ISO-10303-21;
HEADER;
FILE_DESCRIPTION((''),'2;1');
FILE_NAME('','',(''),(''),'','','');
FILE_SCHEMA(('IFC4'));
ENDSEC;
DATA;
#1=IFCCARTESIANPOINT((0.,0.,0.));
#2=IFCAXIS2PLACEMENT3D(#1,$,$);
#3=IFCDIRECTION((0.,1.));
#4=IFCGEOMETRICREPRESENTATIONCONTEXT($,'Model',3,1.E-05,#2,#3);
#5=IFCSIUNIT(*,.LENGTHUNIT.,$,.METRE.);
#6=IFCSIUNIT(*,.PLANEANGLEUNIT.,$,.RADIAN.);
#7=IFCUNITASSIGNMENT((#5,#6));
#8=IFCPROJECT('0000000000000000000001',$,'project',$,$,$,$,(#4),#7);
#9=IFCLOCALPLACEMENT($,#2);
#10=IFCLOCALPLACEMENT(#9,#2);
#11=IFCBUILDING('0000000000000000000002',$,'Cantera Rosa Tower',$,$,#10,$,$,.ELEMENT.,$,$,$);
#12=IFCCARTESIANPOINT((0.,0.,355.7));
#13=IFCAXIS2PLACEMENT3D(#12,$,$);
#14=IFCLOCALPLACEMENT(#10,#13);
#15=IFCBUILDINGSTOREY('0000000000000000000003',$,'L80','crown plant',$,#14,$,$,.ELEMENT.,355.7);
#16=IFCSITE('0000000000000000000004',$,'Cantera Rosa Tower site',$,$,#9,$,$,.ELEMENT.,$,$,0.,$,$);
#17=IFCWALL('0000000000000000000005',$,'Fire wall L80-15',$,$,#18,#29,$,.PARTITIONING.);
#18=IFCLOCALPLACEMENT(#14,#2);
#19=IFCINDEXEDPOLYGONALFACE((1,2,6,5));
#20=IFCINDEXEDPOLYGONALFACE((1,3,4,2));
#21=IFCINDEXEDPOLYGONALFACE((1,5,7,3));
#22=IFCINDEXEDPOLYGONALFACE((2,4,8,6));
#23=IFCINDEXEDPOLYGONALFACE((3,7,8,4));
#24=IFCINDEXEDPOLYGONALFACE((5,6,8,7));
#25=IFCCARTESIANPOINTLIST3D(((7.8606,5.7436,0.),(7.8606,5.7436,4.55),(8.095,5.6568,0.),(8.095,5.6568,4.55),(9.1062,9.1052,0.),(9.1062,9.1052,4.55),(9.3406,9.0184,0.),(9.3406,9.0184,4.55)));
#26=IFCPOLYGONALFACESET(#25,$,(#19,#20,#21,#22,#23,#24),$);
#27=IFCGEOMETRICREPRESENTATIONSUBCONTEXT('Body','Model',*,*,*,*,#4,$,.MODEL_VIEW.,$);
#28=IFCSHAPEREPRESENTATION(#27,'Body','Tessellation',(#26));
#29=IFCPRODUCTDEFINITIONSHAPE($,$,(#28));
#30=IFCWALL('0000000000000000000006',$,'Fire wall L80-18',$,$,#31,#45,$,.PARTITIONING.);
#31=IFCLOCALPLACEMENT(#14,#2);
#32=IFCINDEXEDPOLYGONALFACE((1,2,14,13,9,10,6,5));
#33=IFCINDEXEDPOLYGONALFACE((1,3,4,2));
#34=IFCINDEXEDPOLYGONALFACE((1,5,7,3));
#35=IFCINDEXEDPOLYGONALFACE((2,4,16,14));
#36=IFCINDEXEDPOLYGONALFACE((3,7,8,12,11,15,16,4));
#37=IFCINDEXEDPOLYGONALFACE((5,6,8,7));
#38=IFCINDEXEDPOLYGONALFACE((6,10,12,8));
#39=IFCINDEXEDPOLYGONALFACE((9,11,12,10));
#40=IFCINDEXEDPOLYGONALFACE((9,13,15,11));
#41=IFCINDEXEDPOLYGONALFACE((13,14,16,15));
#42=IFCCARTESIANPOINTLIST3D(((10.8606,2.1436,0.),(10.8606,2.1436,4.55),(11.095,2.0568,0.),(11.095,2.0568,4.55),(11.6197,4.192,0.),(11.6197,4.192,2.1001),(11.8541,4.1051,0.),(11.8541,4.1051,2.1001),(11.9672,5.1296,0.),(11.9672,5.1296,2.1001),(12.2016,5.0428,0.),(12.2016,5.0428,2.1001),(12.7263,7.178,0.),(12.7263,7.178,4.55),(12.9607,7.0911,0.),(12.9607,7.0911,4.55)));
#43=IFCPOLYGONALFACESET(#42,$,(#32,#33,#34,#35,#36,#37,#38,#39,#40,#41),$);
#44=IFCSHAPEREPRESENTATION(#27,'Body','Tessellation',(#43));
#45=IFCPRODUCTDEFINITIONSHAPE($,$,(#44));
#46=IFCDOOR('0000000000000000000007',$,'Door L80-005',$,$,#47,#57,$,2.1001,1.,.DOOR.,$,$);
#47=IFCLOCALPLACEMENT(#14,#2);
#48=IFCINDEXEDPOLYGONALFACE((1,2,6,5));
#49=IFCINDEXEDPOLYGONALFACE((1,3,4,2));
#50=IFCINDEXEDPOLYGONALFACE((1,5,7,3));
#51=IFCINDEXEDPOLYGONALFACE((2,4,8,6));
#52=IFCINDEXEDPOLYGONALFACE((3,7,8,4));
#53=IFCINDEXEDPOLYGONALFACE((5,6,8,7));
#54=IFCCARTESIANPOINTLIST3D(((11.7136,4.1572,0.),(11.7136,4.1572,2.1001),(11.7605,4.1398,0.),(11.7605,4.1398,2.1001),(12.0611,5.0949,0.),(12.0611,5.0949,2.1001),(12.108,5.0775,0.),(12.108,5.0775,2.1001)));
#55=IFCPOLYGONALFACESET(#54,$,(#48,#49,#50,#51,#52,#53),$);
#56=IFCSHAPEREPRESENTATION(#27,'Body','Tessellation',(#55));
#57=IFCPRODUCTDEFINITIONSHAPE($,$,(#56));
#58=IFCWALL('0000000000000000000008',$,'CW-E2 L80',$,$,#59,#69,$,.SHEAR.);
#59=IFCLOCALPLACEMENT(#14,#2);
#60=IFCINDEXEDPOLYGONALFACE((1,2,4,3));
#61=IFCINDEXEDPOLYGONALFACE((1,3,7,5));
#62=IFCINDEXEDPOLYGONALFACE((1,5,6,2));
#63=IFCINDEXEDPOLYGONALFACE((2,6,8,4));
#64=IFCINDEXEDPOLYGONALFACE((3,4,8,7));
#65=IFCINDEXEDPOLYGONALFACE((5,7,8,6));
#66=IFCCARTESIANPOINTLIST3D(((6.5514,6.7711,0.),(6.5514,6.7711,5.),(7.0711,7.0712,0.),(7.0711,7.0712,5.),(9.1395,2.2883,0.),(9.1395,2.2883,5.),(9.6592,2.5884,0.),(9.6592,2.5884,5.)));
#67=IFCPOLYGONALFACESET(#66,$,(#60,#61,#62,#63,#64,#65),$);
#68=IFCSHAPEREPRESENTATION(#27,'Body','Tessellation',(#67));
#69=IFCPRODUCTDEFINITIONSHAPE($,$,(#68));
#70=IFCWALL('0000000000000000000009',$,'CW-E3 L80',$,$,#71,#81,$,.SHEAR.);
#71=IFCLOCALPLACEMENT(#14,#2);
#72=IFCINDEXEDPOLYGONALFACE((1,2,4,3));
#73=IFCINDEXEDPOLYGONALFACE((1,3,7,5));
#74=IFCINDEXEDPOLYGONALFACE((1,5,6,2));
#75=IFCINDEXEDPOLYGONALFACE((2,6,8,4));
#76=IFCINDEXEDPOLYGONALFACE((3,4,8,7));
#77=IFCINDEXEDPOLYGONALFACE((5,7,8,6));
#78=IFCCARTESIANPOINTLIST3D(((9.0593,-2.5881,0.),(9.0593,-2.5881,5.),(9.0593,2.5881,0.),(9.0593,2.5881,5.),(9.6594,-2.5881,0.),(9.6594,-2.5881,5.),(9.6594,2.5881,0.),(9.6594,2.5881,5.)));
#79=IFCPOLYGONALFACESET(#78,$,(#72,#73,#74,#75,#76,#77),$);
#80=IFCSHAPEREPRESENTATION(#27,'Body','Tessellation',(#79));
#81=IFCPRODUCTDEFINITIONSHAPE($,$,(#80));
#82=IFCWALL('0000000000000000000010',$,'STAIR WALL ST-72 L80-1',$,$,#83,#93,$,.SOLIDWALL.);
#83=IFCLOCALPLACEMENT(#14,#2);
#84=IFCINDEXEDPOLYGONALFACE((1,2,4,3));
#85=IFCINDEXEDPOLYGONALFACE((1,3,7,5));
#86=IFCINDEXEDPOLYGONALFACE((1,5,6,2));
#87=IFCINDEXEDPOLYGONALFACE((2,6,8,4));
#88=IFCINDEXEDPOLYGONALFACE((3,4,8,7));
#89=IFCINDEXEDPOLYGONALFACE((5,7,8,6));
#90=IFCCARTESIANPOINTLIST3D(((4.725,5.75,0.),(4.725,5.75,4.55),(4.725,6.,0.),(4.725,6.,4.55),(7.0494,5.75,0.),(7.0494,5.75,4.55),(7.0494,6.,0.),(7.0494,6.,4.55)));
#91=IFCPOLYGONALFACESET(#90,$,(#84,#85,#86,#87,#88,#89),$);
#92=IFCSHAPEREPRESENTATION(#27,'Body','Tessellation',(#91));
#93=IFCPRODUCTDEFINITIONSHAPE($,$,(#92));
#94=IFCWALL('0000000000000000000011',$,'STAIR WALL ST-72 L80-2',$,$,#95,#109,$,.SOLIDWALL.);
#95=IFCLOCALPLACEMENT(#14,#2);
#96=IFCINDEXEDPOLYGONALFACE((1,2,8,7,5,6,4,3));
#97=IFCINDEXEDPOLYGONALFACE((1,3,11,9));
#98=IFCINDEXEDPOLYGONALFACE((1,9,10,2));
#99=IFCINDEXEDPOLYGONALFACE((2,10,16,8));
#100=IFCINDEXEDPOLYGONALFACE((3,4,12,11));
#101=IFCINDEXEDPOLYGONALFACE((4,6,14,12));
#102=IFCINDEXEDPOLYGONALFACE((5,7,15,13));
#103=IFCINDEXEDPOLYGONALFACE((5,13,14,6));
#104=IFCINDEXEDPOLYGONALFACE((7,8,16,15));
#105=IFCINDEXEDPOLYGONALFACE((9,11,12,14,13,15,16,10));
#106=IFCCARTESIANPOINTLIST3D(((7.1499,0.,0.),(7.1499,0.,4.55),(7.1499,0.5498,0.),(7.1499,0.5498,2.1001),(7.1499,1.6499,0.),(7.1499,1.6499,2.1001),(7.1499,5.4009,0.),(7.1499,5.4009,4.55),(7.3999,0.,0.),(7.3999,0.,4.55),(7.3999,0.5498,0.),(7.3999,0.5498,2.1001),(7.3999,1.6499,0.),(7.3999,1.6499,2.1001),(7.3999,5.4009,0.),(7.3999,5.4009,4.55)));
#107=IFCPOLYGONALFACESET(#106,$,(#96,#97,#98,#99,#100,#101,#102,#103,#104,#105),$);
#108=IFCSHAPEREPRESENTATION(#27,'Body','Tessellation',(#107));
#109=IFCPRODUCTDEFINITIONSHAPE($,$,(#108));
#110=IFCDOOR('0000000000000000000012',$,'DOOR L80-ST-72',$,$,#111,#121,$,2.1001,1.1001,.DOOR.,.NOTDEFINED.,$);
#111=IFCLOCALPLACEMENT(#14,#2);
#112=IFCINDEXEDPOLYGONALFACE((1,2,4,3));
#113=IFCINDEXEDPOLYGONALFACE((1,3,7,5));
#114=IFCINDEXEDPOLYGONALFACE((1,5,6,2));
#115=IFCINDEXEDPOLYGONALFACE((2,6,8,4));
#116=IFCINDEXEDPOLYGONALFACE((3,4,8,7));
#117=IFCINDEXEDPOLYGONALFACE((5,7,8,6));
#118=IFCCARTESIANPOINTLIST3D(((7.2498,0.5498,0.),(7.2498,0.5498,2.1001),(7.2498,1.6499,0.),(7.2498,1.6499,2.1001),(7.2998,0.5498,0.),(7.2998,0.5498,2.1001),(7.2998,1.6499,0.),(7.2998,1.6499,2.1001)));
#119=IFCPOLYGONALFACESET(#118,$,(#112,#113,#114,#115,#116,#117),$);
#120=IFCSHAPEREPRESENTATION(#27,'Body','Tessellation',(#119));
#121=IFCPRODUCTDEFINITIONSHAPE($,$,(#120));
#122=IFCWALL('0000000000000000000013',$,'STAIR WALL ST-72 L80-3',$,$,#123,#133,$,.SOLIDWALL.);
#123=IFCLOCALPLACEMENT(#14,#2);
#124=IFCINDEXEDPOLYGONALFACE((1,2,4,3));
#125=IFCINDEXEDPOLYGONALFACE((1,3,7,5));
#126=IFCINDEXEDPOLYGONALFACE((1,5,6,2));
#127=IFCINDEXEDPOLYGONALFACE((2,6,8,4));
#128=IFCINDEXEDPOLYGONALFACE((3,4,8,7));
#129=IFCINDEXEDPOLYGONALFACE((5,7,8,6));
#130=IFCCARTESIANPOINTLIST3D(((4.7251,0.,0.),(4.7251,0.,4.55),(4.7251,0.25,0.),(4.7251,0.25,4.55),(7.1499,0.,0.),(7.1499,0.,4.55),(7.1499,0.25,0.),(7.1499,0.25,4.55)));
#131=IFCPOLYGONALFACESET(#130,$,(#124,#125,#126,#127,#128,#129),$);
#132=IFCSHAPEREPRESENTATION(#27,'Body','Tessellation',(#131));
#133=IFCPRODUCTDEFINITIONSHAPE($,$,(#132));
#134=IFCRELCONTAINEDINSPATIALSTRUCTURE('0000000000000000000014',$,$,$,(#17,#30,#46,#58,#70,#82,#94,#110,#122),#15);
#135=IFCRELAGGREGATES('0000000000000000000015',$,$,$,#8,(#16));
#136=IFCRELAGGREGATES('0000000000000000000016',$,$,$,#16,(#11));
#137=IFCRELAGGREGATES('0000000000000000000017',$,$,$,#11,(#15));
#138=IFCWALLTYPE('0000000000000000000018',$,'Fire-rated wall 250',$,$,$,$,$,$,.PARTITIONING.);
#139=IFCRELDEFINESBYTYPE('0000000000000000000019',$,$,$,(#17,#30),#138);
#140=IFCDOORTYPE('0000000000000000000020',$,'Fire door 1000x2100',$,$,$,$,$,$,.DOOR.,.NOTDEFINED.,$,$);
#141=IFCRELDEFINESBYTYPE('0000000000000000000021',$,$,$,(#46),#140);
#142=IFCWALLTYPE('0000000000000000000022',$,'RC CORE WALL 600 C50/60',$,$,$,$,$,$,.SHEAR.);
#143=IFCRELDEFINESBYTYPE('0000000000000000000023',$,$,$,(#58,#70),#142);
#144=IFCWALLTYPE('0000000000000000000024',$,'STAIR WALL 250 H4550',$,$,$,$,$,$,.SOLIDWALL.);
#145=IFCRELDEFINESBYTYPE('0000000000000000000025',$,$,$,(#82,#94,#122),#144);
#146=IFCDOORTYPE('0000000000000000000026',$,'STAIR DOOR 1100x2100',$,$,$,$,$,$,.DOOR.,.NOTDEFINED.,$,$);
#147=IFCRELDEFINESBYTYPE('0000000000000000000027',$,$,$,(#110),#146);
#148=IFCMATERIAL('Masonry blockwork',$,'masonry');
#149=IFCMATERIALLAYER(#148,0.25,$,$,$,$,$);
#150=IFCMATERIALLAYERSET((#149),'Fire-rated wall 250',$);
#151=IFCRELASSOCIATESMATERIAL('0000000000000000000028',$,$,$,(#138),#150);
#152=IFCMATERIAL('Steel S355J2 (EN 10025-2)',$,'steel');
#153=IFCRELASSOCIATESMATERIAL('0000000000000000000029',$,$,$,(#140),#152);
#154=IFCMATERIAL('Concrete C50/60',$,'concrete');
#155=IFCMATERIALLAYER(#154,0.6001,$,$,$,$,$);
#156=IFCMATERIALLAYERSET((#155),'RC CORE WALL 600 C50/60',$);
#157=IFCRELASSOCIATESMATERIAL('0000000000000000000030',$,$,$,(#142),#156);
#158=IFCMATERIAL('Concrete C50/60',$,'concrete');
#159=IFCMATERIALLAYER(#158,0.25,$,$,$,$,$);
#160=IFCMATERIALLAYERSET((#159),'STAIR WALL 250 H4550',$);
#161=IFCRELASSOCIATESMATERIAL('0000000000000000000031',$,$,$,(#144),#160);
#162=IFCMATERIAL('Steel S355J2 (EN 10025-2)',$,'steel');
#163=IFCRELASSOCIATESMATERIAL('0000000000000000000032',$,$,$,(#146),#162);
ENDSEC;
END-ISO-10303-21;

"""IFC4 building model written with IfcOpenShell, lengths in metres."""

from ifc_helpers import new_model, si_unit, direction, frame, frame_2d, origin, place, context, subcontext, project, spatial, rectangle, extrude, material, layer, layer_set, type_object, element, fill, save


model = new_model("IFC4")

# Units and contexts
model_context = context("Model", 3, precision=1e-05, world=origin(), true_north=direction((0.0, 1.0)))
body_context = subcontext(model_context, "Body", "Model", "MODEL_VIEW")
ifc_project = project(units=[si_unit("LENGTHUNIT", "METRE"), si_unit("PLANEANGLEUNIT", "RADIAN")], contexts=[model_context])

# Site, building, storey
site_placement = place(None, origin())
site = spatial("IfcSite", under=ifc_project, at=site_placement, Name="Cantera Rosa Tower site", CompositionType="ELEMENT", RefElevation=0.0)
building_placement = place(site_placement, origin())
building = spatial("IfcBuilding", under=site, at=building_placement, Name="Cantera Rosa Tower", CompositionType="ELEMENT")
storey_placement = place(building_placement, frame((0.0, 0.0, 355.7)))
storey = spatial("IfcBuildingStorey", under=building, at=storey_placement, Name="L80", Description="crown plant", CompositionType="ELEMENT", Elevation=355.7)

# Wall
ifc_material_1 = material(Name="Masonry blockwork", Category="masonry")
ifc_layer_1 = layer(ifc_material_1, 0.25)
ifc_layer_set_1 = layer_set([ifc_layer_1], Name="Fire-rated wall 250")
wall_type_1 = type_object("IfcWallType", Name="Fire-rated wall 250", PredefinedType="PARTITIONING", material=ifc_layer_set_1)
wall_1_placement = place(storey_placement, frame((7.9778, 5.7002, 0.0), z_axis=(0.0, 0.0, 1.0), x_axis=(0.347456, 0.937696, 0.0)))
element("IfcWall", 1, at=wall_1_placement, inside=storey, type_object=wall_type_1, Name="Fire wall L80-15", PredefinedType="PARTITIONING", context=body_context, shape_type="SweptSolid", body=[
    extrude(rectangle(XDim=3.585, YDim=0.25, at=frame_2d((1.7925, 0.0))), origin(), (0.0, 0.0, 1.0), 4.55),
])

# Wall, opening, door
wall_2_placement = place(storey_placement, frame((10.9778, 2.1001, 0.0), z_axis=(0.0, 0.0, 1.0), x_axis=(0.347498, 0.937681, 0.0)))
wall_2 = element("IfcWall", 2, at=wall_2_placement, inside=storey, type_object=wall_type_1, Name="Fire wall L80-18", PredefinedType="PARTITIONING", context=body_context, shape_type="SweptSolid", body=[
    extrude(rectangle(XDim=5.3689, YDim=0.25, at=frame_2d((2.6846, 0.0))), origin(), (0.0, 0.0, 1.0), 4.55),
])
opening_1_placement = place(wall_2_placement, frame((2.1846, 0.0, 0.0)))
opening_1 = element("IfcOpeningElement", 3, at=opening_1_placement, cuts=wall_2, PredefinedType="OPENING", context=body_context, shape_type="SweptSolid", body=[
    extrude(rectangle(XDim=1.0, YDim=2.1001, at=frame_2d((0.5, 1.05))), frame((0.0, 0.135, 0.0), z_axis=(0.0, -1.0, 0.0), x_axis=(1.0, 0.0, 0.0)), (0.0, 0.0, 1.0), 0.27),
])
ifc_material_2 = material(Name="Steel S355J2 (EN 10025-2)", Category="steel")
door_type_1 = type_object("IfcDoorType", Name="Fire door 1000x2100", OperationType="NOTDEFINED", PredefinedType="DOOR", material=ifc_material_2)
door_1_placement = place(opening_1_placement, origin())
door_1 = element("IfcDoor", 4, at=door_1_placement, inside=storey, type_object=door_type_1, Name="Door L80-005", OverallHeight=2.1001, OverallWidth=1.0, PredefinedType="DOOR", context=body_context, shape_type="SweptSolid", body=[
    extrude(rectangle(XDim=1.0, YDim=2.1001, at=frame_2d((0.5, 1.05))), frame((0.0, 0.0249, 0.0), z_axis=(0.0, -1.0, 0.0), x_axis=(1.0, 0.0, 0.0)), (0.0, 0.0, 1.0), 0.05),
])
fill(opening_1, door_1)

# Walls
ifc_material_3 = material(Name="Concrete C50/60", Category="concrete")
ifc_layer_2 = layer(ifc_material_3, 0.6001)
ifc_layer_set_2 = layer_set([ifc_layer_2], Name="RC CORE WALL 600 C50/60")
wall_type_2 = type_object("IfcWallType", Name="RC CORE WALL 600 C50/60", PredefinedType="SHEAR", material=ifc_layer_set_2)
for number, where, z_axis, x_axis, name in (
    (5, (6.8113, 6.9211, 0.0), (0.0, 0.0, 1.0), (0.499989, -0.866032, 0.0), "CW-E2 L80"),
    (6, (9.3594, 2.5881, 0.0), (0.0, 0.0, 1.0), (0.0, -1.0, 0.0), "CW-E3 L80"),
):
    element("IfcWall", number, at=place(storey_placement, frame(where, z_axis=z_axis, x_axis=x_axis)), inside=storey, type_object=wall_type_2, Name=name, PredefinedType="SHEAR", context=body_context, shape_type="SweptSolid", body=[
        extrude(rectangle(XDim=5.1763, YDim=0.6001, at=frame_2d((2.5881, 0.0))), origin(), (0.0, 0.0, 1.0), 5.0),
    ])
ifc_material_4 = material(Name="Concrete C50/60", Category="concrete")
ifc_layer_3 = layer(ifc_material_4, 0.25)
ifc_layer_set_3 = layer_set([ifc_layer_3], Name="STAIR WALL 250 H4550")
wall_type_3 = type_object("IfcWallType", Name="STAIR WALL 250 H4550", PredefinedType="SOLIDWALL", material=ifc_layer_set_3)
wall_3_placement = place(storey_placement, frame((4.7251, 5.875, 0.0), z_axis=(0.0, 0.0, 1.0), x_axis=(1.0, 0.0, 0.0)))
element("IfcWall", 7, at=wall_3_placement, inside=storey, type_object=wall_type_3, Name="STAIR WALL ST-72 L80-1", PredefinedType="SOLIDWALL", context=body_context, shape_type="SweptSolid", body=[
    extrude(rectangle(XDim=2.3245, YDim=0.25, at=frame_2d((1.1621, 0.0))), origin(), (0.0, 0.0, 1.0), 4.55),
])

# Wall, opening, door
wall_4_placement = place(storey_placement, frame((7.2749, 5.4009, 0.0), z_axis=(0.0, 0.0, 1.0), x_axis=(0.0, -1.0, 0.0)))
wall_4 = element("IfcWall", 8, at=wall_4_placement, inside=storey, type_object=wall_type_3, Name="STAIR WALL ST-72 L80-2", PredefinedType="SOLIDWALL", context=body_context, shape_type="SweptSolid", body=[
    extrude(rectangle(XDim=5.4009, YDim=0.25, at=frame_2d((2.7004, 0.0))), origin(), (0.0, 0.0, 1.0), 4.55),
])
opening_2_placement = place(wall_4_placement, frame((3.751, 0.0, 0.0)))
opening_2 = element("IfcOpeningElement", 9, at=opening_2_placement, cuts=wall_4, PredefinedType="OPENING", context=body_context, shape_type="SweptSolid", body=[
    extrude(rectangle(XDim=1.1001, YDim=2.1001, at=frame_2d((0.55, 1.05))), frame((0.0, 0.135, 0.0), z_axis=(0.0, -1.0, 0.0), x_axis=(1.0, 0.0, 0.0)), (0.0, 0.0, 1.0), 0.27),
])
ifc_material_5 = material(Name="Steel S355J2 (EN 10025-2)", Category="steel")
door_type_2 = type_object("IfcDoorType", Name="STAIR DOOR 1100x2100", OperationType="NOTDEFINED", PredefinedType="DOOR", material=ifc_material_5)
door_2_placement = place(opening_2_placement, origin())
door_2 = element("IfcDoor", 10, at=door_2_placement, inside=storey, type_object=door_type_2, Name="DOOR L80-ST-72", OperationType="NOTDEFINED", OverallHeight=2.1001, OverallWidth=1.1001, PredefinedType="DOOR", context=body_context, shape_type="SweptSolid", body=[
    extrude(rectangle(XDim=1.1001, YDim=2.1001, at=frame_2d((0.55, 1.05))), frame((0.0, 0.0249, 0.0), z_axis=(0.0, -1.0, 0.0), x_axis=(1.0, 0.0, 0.0)), (0.0, 0.0, 1.0), 0.05),
])
fill(opening_2, door_2)

# Wall
wall_5_placement = place(storey_placement, frame((7.1499, 0.125, 0.0), z_axis=(0.0, 0.0, 1.0), x_axis=(-1.0, 0.0, 0.0)))
element("IfcWall", 11, at=wall_5_placement, inside=storey, type_object=wall_type_3, Name="STAIR WALL ST-72 L80-3", PredefinedType="SOLIDWALL", context=body_context, shape_type="SweptSolid", body=[
    extrude(rectangle(XDim=2.4248, YDim=0.25, at=frame_2d((1.2124, 0.0))), origin(), (0.0, 0.0, 1.0), 4.55),
])

save(model, "model.ifc")
